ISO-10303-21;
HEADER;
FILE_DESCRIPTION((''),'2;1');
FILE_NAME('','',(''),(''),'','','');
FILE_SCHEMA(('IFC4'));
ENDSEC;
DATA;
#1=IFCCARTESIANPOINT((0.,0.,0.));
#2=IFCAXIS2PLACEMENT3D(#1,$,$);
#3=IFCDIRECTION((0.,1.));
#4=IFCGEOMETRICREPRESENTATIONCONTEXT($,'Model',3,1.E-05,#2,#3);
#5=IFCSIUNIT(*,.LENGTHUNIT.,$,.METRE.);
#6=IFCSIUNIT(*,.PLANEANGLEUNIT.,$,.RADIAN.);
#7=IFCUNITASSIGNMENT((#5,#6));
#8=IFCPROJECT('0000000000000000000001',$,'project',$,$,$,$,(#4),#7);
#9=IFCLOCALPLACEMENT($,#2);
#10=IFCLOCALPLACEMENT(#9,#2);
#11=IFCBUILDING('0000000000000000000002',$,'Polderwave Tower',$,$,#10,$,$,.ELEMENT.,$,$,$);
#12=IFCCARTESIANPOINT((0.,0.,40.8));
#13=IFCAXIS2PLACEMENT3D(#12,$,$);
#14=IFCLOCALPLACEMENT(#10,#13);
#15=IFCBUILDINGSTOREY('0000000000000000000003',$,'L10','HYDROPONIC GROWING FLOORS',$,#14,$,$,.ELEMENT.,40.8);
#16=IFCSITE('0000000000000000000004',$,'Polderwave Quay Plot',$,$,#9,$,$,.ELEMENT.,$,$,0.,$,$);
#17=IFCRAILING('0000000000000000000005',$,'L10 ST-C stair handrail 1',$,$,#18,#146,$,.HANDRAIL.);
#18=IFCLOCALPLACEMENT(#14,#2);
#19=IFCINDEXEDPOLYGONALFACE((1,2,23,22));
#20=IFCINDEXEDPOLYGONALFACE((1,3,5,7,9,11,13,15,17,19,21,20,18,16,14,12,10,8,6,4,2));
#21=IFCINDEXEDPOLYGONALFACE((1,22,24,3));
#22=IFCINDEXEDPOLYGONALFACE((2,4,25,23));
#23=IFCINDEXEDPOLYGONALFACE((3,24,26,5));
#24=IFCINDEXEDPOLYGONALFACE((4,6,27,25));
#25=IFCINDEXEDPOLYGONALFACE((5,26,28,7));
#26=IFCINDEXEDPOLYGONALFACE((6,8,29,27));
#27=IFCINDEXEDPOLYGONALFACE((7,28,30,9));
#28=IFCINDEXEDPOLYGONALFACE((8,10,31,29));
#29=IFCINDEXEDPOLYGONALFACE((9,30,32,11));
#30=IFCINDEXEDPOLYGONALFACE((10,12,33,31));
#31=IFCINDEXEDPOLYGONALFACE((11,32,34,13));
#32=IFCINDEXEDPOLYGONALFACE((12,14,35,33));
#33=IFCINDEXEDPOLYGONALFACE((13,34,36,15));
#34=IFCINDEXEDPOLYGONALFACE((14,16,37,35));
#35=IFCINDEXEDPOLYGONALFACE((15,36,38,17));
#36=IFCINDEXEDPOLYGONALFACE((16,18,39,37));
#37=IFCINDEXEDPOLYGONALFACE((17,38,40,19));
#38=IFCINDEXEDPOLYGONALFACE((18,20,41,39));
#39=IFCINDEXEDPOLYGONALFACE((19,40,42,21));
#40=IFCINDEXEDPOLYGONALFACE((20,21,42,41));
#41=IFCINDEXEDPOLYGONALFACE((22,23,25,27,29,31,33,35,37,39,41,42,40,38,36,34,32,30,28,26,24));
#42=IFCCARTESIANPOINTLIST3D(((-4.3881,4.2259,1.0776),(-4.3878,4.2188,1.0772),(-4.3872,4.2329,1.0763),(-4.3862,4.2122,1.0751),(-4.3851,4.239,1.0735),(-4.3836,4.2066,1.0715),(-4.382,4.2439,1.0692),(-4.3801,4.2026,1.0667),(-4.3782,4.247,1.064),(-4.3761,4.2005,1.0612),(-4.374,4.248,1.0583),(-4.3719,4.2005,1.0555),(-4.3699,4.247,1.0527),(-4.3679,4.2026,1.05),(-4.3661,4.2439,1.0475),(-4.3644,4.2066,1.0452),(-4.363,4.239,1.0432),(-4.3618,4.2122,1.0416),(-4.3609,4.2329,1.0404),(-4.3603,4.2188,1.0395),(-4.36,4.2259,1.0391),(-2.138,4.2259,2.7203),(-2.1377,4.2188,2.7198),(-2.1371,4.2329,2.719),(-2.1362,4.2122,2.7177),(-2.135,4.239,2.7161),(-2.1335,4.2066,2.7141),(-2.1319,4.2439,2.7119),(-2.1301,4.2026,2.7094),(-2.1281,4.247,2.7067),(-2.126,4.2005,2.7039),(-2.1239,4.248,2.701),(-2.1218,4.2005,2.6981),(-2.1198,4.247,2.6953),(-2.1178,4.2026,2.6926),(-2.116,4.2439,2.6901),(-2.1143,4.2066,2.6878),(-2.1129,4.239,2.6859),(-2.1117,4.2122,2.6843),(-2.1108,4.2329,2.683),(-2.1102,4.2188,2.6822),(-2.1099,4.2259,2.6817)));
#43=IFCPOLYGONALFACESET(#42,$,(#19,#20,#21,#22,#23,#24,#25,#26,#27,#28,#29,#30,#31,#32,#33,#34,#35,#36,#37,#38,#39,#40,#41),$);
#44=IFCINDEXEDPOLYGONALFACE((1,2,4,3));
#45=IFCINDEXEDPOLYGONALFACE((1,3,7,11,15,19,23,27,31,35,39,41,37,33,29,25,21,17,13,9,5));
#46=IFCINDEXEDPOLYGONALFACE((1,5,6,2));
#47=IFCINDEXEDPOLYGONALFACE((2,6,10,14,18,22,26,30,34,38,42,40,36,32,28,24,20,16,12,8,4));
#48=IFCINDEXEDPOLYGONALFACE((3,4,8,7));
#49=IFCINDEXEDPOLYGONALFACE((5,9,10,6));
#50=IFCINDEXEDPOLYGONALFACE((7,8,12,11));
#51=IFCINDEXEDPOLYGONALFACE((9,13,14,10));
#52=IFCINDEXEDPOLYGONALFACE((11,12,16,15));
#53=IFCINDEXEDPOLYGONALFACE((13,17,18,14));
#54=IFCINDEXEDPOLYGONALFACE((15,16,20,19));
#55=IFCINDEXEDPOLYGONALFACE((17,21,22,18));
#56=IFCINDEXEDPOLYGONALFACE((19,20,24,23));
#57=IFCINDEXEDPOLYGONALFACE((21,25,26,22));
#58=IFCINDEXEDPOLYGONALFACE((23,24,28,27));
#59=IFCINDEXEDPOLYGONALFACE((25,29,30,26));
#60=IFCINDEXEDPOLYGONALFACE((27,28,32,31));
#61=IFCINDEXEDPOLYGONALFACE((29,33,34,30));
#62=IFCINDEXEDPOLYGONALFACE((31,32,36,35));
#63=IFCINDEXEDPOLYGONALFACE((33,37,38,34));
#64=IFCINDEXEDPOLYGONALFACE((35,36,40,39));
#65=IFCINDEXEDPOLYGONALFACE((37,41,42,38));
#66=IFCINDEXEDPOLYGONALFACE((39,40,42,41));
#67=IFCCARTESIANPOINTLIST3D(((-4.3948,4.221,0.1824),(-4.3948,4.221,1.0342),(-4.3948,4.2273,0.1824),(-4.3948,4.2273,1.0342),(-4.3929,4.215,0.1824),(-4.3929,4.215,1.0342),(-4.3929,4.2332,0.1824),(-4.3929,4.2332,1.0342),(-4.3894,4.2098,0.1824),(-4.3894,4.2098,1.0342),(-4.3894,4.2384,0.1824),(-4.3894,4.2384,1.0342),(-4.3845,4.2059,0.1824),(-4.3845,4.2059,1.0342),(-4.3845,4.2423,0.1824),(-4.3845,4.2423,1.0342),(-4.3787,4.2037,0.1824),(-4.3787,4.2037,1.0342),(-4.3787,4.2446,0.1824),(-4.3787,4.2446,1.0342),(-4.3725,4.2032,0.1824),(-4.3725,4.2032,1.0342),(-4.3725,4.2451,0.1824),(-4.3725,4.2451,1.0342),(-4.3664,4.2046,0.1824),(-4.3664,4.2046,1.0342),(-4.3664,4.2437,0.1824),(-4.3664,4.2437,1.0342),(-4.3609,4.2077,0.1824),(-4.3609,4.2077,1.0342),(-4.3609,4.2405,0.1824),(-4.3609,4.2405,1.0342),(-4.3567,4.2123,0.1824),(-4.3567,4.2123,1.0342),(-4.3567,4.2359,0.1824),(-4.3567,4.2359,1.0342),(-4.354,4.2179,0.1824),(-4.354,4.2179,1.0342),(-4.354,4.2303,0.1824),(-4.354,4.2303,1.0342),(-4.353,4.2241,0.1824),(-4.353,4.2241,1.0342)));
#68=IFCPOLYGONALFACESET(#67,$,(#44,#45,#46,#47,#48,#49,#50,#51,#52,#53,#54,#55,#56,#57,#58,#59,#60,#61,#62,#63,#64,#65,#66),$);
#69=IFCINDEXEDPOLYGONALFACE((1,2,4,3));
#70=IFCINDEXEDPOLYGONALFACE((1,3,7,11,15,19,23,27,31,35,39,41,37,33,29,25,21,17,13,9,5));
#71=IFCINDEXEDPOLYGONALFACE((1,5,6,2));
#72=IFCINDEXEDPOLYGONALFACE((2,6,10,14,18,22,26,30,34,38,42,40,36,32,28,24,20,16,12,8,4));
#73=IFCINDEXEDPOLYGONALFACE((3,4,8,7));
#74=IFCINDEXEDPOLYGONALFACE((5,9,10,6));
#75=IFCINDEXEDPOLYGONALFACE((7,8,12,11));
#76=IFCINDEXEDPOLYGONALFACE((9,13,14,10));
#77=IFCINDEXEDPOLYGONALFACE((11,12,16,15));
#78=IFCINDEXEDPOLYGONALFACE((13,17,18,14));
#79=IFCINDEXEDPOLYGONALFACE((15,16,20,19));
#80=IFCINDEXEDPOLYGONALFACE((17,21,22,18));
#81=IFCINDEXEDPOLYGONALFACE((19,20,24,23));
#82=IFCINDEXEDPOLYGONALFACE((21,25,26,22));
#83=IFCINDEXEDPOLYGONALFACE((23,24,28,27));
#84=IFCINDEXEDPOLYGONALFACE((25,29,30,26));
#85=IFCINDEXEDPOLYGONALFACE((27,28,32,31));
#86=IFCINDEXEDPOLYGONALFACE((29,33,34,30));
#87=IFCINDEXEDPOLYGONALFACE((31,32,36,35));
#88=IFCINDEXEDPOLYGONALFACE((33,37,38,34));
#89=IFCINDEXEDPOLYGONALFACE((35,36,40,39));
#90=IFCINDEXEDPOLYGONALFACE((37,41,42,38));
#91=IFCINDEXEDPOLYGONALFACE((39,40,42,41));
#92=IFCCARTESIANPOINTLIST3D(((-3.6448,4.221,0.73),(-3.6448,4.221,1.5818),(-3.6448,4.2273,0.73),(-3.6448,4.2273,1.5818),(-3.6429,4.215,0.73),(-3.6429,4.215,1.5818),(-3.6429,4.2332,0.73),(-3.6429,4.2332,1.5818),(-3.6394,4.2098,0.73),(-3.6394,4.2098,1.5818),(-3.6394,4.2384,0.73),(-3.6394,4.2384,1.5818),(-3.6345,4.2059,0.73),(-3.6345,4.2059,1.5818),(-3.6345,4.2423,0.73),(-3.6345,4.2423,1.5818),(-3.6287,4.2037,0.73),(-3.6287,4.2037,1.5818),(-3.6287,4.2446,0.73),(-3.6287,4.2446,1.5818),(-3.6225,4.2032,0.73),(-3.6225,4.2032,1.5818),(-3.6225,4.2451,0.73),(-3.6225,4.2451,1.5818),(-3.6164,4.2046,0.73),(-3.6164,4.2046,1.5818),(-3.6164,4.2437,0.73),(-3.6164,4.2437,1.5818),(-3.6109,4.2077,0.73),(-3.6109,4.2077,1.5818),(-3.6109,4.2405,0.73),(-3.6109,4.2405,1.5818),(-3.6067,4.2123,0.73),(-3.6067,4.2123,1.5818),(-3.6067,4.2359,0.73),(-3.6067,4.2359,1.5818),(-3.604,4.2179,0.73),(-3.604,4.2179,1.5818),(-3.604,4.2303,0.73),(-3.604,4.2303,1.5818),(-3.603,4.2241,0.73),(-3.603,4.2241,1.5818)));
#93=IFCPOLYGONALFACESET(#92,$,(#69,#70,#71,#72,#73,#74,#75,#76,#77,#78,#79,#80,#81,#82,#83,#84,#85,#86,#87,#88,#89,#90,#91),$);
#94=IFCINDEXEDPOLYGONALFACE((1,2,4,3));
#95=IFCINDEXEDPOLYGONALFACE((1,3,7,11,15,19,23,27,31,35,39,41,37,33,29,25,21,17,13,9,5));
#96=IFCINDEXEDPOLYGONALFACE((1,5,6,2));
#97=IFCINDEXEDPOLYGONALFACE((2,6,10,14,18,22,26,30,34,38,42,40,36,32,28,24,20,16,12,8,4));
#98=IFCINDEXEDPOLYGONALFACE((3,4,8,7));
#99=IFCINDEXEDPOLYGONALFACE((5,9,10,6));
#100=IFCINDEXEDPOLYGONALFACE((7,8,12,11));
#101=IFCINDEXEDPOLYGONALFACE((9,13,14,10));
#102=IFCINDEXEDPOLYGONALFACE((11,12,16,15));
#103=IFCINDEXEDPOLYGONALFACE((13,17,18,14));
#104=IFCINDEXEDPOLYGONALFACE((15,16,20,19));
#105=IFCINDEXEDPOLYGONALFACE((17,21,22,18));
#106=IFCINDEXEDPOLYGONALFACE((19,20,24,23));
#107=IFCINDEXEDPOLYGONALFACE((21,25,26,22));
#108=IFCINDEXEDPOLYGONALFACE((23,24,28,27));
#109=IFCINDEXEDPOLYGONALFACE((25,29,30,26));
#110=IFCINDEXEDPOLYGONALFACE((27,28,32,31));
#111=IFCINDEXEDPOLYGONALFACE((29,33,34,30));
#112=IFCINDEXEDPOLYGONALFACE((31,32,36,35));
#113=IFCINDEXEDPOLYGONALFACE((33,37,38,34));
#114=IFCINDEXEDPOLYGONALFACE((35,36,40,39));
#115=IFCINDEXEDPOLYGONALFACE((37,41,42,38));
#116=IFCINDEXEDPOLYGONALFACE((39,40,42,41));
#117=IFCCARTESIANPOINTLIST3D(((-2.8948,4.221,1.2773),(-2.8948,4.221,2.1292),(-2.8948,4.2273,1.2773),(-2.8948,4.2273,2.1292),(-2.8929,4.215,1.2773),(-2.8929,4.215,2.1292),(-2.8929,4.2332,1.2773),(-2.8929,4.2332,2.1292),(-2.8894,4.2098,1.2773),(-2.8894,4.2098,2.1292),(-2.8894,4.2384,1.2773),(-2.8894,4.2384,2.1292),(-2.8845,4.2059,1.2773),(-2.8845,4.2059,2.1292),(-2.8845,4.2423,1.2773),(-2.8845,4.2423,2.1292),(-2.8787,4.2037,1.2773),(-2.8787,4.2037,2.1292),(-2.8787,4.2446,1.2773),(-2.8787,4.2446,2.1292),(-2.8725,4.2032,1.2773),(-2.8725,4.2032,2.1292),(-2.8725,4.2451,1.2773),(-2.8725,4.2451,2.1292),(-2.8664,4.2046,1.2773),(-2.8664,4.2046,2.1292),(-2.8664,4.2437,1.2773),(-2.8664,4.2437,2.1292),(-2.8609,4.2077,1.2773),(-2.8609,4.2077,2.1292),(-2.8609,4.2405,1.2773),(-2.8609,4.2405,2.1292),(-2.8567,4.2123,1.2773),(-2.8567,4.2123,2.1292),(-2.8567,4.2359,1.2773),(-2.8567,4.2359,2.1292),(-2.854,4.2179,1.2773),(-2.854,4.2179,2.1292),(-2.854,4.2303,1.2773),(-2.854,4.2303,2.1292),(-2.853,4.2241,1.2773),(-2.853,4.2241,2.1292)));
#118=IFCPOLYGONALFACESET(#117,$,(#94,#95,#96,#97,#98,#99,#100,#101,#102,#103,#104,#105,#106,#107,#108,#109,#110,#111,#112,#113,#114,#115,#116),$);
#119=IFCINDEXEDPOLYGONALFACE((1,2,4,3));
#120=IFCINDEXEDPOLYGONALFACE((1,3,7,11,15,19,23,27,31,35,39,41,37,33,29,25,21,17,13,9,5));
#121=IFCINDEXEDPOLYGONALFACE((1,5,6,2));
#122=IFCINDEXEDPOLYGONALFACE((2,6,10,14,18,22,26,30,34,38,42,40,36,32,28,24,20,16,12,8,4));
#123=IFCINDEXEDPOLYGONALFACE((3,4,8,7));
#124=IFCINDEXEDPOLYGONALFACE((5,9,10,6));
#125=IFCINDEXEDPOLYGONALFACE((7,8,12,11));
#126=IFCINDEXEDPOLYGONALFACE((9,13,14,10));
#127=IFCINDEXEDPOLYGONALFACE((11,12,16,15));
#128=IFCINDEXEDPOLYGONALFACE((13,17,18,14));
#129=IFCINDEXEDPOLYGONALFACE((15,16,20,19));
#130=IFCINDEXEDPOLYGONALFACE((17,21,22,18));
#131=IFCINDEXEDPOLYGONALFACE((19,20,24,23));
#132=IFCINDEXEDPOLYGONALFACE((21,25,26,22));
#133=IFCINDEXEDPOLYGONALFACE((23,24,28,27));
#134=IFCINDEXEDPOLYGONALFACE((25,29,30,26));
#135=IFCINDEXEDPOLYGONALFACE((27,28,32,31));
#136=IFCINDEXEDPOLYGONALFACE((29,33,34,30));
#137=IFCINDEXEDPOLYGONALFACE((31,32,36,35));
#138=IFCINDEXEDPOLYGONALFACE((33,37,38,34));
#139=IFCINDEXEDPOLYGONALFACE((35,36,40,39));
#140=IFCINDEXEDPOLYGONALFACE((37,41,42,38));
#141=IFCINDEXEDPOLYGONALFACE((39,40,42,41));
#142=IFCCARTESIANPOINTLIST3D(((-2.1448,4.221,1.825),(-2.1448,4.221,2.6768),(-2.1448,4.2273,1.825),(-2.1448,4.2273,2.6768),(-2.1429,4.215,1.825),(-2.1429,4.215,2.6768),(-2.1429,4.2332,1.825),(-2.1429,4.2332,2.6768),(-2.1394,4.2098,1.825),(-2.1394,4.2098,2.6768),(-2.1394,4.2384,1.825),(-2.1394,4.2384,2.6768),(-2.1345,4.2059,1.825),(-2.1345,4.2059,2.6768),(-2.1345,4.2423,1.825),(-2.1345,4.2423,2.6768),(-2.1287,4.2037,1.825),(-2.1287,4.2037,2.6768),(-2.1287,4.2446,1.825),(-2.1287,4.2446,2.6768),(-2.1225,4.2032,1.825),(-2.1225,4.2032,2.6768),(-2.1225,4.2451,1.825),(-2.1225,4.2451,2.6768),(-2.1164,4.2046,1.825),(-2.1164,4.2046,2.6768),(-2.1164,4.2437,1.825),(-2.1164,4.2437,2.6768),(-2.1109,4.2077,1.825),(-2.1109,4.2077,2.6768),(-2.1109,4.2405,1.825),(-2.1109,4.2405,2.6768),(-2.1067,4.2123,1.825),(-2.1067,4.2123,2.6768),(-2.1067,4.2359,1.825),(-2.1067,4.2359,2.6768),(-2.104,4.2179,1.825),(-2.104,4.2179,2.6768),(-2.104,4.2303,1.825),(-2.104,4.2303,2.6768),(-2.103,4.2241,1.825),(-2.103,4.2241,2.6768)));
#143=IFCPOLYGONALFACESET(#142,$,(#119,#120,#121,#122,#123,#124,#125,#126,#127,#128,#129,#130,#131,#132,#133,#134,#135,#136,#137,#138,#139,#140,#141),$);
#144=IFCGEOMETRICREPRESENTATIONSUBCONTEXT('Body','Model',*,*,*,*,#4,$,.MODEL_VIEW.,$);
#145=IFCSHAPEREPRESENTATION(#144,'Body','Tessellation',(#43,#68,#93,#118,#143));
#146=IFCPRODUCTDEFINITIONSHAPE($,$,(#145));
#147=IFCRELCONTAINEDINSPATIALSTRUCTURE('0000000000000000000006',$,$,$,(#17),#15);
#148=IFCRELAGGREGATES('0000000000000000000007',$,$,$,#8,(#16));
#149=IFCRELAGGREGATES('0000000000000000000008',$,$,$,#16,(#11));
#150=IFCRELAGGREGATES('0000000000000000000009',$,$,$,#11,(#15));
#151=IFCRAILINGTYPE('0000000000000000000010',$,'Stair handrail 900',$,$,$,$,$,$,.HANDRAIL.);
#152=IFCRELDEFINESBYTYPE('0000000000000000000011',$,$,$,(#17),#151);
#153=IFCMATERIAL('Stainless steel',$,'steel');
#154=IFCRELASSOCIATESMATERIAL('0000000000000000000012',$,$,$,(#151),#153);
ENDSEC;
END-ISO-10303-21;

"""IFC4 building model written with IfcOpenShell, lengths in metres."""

from ifc_helpers import new_model, si_unit, direction, frame, origin, origin_2d, place, context, subcontext, project, spatial, circle, extrude, material, type_object, element, save


model = new_model("IFC4")

# Units and contexts
model_context = context("Model", 3, precision=1e-05, world=origin(), true_north=direction((0.0, 1.0)))
body_context = subcontext(model_context, "Body", "Model", "MODEL_VIEW")
ifc_project = project(units=[si_unit("LENGTHUNIT", "METRE"), si_unit("PLANEANGLEUNIT", "RADIAN")], contexts=[model_context])

# Site, building, storey
site_placement = place(None, origin())
site = spatial("IfcSite", under=ifc_project, at=site_placement, Name="Polderwave Quay Plot", CompositionType="ELEMENT", RefElevation=0.0)
building_placement = place(site_placement, origin())
building = spatial("IfcBuilding", under=site, at=building_placement, Name="Polderwave Tower", CompositionType="ELEMENT")
storey_placement = place(building_placement, frame((0.0, 0.0, 40.8)))
storey = spatial("IfcBuildingStorey", under=building, at=storey_placement, Name="L10", Description="HYDROPONIC GROWING FLOORS", CompositionType="ELEMENT", Elevation=40.8)

# Railing
ifc_material_1 = material(Name="Stainless steel", Category="steel")
railing_type_1 = type_object("IfcRailingType", Name="Stair handrail 900", PredefinedType="HANDRAIL", material=ifc_material_1)
railing_1_placement = place(storey_placement, frame((-4.374, 4.2241, 0.1824)))
element("IfcRailing", 1, at=railing_1_placement, inside=storey, type_object=railing_type_1, Name="L10 ST-C stair handrail 1", PredefinedType="HANDRAIL", context=body_context, shape_type="SweptSolid", body=[
    extrude(circle(Radius=0.0239, at=origin_2d()), frame((0.0, 0.0, 0.876), z_axis=(0.807674, 0.0, 0.58963), x_axis=(0.0, 1.0, 0.0)), (0.0, 0.0, 1.0), 2.7859),
    extrude(circle(Radius=0.021, at=origin_2d()), origin(), (0.0, 0.0, 1.0), 0.8518),
    extrude(circle(Radius=0.021, at=origin_2d()), frame((0.75, 0.0, 0.5476)), (0.0, 0.0, 1.0), 0.8518),
    extrude(circle(Radius=0.021, at=origin_2d()), frame((1.5, 0.0, 1.095)), (0.0, 0.0, 1.0), 0.8518),
    extrude(circle(Radius=0.021, at=origin_2d()), frame((2.25, 0.0, 1.6426)), (0.0, 0.0, 1.0), 0.8518),
])

save(model, "model.ifc")
